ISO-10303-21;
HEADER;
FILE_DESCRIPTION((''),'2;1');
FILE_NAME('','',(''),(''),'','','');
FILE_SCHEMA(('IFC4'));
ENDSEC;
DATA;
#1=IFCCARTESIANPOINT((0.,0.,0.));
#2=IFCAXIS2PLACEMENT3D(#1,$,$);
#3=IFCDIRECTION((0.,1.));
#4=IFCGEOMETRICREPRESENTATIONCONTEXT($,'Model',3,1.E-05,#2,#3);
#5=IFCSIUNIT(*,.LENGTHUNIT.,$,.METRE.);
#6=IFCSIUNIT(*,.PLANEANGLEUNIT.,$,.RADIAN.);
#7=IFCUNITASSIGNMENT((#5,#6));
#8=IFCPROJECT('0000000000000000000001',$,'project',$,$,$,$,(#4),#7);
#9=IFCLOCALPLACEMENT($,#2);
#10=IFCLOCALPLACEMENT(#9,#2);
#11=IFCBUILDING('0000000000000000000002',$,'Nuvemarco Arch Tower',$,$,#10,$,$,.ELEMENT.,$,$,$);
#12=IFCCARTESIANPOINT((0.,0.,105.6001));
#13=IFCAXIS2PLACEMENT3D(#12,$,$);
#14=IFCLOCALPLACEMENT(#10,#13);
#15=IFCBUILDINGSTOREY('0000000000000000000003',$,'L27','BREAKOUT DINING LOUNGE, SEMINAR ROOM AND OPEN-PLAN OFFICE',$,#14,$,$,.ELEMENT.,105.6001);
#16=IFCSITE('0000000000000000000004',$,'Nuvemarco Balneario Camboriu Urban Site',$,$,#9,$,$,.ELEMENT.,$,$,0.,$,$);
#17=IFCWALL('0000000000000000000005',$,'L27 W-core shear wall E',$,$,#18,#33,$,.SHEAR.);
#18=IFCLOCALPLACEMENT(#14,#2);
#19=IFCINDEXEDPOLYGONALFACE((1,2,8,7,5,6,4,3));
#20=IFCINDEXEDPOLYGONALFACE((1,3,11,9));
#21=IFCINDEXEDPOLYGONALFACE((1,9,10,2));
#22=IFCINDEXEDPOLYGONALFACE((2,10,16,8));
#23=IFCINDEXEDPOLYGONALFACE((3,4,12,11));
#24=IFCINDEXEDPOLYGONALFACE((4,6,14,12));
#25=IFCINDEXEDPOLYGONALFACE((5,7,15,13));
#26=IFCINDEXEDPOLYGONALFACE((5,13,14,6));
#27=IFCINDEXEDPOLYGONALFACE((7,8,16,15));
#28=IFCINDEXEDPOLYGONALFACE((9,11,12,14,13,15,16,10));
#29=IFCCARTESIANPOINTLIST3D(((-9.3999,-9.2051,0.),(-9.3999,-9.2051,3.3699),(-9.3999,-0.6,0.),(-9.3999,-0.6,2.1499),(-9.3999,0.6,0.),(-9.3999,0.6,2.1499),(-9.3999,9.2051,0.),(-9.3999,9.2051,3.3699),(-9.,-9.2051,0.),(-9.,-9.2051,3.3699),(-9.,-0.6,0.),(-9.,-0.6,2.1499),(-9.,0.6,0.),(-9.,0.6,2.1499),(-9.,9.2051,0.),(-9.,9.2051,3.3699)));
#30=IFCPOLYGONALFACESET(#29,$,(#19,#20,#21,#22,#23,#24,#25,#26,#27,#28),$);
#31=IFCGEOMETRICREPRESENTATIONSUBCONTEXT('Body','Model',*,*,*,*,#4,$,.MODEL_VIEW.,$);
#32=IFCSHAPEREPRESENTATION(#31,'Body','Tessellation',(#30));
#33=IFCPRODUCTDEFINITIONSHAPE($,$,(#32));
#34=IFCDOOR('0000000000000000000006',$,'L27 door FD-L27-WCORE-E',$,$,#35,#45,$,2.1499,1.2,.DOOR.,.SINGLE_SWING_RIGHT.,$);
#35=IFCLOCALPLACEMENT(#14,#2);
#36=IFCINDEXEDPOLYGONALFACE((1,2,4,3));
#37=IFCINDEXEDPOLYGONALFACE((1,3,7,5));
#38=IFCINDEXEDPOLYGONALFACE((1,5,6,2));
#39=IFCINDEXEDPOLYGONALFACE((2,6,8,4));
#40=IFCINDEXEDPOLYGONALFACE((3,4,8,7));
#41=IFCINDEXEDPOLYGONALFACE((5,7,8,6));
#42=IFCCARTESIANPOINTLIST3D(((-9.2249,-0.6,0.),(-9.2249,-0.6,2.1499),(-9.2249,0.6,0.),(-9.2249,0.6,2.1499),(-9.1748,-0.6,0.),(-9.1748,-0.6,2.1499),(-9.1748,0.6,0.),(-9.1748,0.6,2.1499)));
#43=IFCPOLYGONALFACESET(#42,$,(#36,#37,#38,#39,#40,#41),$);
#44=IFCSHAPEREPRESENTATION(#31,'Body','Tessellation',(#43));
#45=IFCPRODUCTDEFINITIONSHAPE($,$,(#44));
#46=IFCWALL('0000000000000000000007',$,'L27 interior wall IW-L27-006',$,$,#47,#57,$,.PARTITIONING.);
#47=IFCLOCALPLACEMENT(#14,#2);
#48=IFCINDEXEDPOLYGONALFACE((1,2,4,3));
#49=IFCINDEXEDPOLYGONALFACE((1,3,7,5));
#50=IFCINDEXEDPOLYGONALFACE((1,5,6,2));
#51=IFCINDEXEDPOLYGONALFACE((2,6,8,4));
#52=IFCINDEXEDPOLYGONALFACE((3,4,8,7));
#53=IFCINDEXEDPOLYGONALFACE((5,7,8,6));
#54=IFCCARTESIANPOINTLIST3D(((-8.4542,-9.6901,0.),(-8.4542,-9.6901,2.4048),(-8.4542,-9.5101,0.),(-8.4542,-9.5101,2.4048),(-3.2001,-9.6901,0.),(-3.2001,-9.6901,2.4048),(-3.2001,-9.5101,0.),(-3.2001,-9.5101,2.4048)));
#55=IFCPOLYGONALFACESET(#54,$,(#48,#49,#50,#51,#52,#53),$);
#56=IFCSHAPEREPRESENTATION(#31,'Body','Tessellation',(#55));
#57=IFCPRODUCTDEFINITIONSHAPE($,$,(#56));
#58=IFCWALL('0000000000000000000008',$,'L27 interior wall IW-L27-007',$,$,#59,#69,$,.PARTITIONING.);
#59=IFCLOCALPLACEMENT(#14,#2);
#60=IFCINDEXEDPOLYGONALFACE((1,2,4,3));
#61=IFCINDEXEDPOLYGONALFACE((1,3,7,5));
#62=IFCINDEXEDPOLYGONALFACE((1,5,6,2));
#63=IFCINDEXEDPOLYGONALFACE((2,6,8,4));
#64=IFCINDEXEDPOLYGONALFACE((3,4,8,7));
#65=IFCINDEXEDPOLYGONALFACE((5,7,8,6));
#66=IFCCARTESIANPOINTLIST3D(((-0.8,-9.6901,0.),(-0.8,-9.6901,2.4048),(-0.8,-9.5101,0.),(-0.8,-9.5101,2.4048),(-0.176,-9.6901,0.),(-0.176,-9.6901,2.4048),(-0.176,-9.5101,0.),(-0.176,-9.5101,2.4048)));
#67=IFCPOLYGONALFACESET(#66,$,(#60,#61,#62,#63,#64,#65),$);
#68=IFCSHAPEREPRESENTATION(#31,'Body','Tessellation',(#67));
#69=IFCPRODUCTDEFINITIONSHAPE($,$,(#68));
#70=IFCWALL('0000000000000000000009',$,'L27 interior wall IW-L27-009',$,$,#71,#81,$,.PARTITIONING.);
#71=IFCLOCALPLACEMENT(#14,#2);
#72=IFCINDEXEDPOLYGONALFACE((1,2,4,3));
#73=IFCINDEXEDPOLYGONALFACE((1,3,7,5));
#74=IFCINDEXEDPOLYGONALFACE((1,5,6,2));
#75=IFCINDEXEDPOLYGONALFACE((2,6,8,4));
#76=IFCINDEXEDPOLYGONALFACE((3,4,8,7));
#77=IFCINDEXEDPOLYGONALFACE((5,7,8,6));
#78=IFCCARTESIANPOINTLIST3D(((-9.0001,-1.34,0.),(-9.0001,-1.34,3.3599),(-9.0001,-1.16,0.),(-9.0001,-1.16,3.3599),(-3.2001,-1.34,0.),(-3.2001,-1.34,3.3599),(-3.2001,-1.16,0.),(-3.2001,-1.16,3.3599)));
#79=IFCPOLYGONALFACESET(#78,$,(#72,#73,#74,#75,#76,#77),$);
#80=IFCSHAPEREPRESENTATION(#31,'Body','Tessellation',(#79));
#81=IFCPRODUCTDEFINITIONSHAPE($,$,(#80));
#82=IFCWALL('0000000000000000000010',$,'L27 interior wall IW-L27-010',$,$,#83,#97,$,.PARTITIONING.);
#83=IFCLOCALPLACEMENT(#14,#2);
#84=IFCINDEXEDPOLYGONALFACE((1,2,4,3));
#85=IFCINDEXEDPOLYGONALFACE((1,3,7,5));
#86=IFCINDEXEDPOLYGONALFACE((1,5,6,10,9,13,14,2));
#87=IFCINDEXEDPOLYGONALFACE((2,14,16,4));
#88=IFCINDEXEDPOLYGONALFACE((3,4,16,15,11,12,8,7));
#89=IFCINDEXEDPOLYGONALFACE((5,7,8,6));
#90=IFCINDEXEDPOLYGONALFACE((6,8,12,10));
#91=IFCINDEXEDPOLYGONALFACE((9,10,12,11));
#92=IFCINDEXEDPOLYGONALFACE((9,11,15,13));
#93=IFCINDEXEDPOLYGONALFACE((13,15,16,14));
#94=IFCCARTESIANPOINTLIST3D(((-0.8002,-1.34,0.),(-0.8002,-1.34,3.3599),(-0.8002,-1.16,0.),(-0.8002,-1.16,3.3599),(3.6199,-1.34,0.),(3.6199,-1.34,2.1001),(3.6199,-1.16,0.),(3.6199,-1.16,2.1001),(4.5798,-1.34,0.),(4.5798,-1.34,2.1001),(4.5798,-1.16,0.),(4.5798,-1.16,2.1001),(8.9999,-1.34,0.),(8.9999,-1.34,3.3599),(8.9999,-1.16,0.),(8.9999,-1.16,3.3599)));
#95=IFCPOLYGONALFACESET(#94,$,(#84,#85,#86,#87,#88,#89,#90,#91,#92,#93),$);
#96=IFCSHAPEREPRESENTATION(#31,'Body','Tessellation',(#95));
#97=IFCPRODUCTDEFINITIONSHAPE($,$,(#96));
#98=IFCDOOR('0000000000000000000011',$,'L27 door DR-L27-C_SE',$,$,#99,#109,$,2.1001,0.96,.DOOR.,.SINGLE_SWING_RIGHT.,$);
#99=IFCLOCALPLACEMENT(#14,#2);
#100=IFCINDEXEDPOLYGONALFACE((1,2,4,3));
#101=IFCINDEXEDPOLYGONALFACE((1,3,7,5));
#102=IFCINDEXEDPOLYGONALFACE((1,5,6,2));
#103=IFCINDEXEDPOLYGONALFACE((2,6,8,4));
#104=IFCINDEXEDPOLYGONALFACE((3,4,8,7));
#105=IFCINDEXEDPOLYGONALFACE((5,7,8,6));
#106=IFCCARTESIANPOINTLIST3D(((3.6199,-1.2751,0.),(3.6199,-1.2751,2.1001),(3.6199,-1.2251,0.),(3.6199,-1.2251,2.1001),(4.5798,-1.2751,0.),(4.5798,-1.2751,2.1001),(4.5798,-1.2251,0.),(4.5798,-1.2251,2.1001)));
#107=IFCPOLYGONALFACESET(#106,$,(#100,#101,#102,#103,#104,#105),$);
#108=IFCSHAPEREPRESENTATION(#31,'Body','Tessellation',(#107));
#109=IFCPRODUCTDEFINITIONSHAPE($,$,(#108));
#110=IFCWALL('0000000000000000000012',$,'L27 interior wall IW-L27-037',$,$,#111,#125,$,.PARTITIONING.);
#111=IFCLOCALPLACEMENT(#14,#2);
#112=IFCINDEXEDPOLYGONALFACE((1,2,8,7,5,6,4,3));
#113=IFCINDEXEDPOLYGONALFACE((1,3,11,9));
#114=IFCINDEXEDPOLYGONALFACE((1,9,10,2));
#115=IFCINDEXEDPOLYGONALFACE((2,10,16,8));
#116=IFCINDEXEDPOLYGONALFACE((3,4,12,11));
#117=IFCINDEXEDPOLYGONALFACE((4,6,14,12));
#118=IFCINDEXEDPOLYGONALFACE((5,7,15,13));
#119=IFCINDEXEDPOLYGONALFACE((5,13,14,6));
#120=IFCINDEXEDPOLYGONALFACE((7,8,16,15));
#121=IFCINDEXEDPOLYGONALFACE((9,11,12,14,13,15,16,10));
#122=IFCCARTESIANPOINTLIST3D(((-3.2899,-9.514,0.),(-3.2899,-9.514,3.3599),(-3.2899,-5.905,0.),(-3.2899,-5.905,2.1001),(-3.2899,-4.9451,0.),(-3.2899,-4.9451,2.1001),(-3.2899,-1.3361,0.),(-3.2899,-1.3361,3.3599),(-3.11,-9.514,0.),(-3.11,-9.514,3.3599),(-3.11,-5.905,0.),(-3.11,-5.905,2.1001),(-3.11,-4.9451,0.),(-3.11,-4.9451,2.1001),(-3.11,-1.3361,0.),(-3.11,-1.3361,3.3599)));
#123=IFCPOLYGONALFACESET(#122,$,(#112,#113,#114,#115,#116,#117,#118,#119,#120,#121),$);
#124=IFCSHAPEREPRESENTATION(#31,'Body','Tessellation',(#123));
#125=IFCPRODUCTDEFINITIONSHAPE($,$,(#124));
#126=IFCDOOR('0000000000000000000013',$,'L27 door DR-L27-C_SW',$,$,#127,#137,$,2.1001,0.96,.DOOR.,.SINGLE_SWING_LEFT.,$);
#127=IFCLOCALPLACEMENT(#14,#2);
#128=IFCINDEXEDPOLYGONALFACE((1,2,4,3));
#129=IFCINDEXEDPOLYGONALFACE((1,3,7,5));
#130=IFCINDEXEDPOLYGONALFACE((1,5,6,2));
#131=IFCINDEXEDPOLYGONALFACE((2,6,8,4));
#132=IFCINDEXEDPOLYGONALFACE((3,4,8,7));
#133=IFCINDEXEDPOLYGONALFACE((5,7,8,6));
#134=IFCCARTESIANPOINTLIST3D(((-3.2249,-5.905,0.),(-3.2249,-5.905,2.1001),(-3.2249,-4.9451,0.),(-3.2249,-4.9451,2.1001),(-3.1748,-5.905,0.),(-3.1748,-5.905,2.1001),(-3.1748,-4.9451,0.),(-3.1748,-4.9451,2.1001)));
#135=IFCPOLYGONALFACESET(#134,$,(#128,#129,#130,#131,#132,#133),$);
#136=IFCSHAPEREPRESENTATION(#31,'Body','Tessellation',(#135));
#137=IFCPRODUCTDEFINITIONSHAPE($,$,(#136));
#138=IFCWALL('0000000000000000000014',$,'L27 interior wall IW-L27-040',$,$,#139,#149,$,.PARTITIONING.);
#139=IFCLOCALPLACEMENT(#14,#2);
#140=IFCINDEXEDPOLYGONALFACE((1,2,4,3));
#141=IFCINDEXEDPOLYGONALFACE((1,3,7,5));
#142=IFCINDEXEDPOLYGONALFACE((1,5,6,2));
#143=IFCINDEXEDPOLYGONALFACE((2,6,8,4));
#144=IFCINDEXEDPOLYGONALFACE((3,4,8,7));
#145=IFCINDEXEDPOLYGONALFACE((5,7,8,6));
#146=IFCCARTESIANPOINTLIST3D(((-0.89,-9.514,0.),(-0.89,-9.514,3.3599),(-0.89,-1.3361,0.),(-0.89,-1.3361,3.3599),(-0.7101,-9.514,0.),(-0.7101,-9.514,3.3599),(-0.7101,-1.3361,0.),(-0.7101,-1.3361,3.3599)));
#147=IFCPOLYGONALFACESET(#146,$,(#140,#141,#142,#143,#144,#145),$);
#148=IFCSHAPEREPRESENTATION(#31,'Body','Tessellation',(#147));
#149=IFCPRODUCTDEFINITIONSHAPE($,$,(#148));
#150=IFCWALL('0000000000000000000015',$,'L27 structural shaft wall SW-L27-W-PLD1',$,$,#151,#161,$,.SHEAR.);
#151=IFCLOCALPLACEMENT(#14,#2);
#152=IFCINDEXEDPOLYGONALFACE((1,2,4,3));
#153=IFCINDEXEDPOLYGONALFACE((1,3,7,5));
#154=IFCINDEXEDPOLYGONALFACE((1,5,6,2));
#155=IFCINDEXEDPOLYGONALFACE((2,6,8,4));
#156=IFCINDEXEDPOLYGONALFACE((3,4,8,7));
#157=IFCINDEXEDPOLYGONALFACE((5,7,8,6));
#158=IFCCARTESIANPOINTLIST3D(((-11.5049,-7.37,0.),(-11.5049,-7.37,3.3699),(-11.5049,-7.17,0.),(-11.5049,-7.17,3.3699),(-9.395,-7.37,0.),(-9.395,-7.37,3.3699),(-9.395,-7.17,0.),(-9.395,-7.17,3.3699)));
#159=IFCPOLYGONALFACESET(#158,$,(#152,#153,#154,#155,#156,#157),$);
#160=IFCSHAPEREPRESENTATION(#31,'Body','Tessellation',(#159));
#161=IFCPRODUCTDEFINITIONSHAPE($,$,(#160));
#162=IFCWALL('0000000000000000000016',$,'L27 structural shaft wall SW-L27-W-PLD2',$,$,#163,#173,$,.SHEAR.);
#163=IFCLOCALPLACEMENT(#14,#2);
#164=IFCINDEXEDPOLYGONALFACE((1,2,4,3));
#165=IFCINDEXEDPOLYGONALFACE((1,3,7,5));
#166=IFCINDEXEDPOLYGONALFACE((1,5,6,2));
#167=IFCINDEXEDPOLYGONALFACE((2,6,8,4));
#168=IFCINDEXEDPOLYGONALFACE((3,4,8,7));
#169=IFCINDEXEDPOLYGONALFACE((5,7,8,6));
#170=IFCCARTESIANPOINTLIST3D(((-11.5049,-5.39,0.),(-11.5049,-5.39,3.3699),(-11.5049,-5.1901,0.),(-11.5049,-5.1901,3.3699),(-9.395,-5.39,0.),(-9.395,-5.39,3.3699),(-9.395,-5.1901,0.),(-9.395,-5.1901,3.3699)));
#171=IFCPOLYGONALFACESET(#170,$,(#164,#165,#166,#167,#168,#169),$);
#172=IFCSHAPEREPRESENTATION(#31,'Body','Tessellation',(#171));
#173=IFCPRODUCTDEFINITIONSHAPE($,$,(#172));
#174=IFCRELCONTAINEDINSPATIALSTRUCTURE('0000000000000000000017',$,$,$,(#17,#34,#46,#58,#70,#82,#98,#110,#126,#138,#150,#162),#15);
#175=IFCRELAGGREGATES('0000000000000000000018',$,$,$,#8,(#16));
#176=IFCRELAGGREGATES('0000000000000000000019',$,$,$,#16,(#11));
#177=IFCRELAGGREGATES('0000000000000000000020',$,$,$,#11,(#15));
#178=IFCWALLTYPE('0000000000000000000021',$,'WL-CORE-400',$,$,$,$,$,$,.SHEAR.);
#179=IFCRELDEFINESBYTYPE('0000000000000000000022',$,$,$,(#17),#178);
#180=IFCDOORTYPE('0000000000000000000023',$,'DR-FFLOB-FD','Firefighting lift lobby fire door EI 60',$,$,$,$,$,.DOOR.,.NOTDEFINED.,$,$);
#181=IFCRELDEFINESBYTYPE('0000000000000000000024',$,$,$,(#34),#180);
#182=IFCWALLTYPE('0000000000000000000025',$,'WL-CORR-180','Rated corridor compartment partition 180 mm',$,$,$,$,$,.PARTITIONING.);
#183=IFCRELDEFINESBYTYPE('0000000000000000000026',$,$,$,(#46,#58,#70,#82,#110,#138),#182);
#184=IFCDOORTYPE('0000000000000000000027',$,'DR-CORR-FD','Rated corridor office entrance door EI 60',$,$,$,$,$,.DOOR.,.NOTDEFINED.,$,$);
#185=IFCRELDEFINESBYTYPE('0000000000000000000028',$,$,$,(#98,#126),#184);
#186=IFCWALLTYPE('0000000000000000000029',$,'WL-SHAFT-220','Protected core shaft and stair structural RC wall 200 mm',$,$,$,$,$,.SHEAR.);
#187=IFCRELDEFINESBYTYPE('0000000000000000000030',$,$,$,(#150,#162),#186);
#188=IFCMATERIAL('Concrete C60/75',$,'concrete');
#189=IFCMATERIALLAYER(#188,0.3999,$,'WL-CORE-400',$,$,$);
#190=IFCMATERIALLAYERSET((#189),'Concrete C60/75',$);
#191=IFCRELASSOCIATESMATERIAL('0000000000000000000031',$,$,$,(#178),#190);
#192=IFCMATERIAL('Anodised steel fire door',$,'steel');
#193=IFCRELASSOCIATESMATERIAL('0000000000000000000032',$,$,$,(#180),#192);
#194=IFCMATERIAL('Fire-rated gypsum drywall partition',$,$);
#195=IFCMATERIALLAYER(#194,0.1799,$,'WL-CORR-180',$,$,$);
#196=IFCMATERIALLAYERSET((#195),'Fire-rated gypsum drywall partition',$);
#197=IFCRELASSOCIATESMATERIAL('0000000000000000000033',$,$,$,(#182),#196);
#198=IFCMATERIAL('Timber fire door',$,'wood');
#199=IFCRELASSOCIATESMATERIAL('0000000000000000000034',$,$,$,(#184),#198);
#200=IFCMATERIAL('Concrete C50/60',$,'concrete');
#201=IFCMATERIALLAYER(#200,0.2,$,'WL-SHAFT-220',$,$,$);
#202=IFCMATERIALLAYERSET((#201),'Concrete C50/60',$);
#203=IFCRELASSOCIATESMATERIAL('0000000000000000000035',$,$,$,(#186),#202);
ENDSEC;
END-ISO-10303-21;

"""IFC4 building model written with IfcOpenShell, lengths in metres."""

from ifc_helpers import new_model, si_unit, direction, frame, frame_2d, origin, place, context, subcontext, project, spatial, rectangle, extrude, source, transform, mapped, material, layer, layer_set, type_object, type_shapes, element, fill, save


model = new_model("IFC4")

# Units and contexts
model_context = context("Model", 3, precision=1e-05, world=origin(), true_north=direction((0.0, 1.0)))
body_context = subcontext(model_context, "Body", "Model", "MODEL_VIEW")
ifc_project = project(units=[si_unit("LENGTHUNIT", "METRE"), si_unit("PLANEANGLEUNIT", "RADIAN")], contexts=[model_context])

# Site, building, storey
site_placement = place(None, origin())
site = spatial("IfcSite", under=ifc_project, at=site_placement, Name="Nuvemarco Balneario Camboriu Urban Site", CompositionType="ELEMENT", RefElevation=0.0)
building_placement = place(site_placement, origin())
building = spatial("IfcBuilding", under=site, at=building_placement, Name="Nuvemarco Arch Tower", CompositionType="ELEMENT")
storey_placement = place(building_placement, frame((0.0, 0.0, 105.6001)))
storey = spatial("IfcBuildingStorey", under=building, at=storey_placement, Name="L27", Description="BREAKOUT DINING LOUNGE, SEMINAR ROOM AND OPEN-PLAN OFFICE", CompositionType="ELEMENT", Elevation=105.6001)

# Shared definitions
ifc_material_1 = material(Name="Concrete C60/75", Category="concrete")

# Wall, opening, door
ifc_layer_1 = layer(ifc_material_1, 0.3999, Name="WL-CORE-400")
ifc_layer_set_1 = layer_set([ifc_layer_1], Name="Concrete C60/75")
wall_type_1 = type_object("IfcWallType", Name="WL-CORE-400", PredefinedType="SHEAR", material=ifc_layer_set_1)
wall_1_placement = place(storey_placement, frame((-9.2, -9.2051, 0.0), z_axis=(0.0, 0.0, 1.0), x_axis=(0.0, 1.0, 0.0)))
wall_1 = element("IfcWall", 1, at=wall_1_placement, inside=storey, type_object=wall_type_1, Name="L27 W-core shear wall E", PredefinedType="SHEAR", context=body_context, shape_type="SweptSolid", body=[
    extrude(rectangle(XDim=18.4102, YDim=0.3999, at=frame_2d((9.2051, 0.0))), origin(), (0.0, 0.0, 1.0), 3.3699),
])
opening_1_placement = place(wall_1_placement, frame((8.605, 0.0, 0.0)))
opening_1 = element("IfcOpeningElement", 2, at=opening_1_placement, cuts=wall_1, PredefinedType="OPENING", context=body_context, shape_type="SweptSolid", body=[
    extrude(rectangle(XDim=1.2, YDim=2.1499, at=frame_2d((0.6001, 1.075))), frame((0.0, 0.21, 0.0), z_axis=(0.0, -1.0, 0.0), x_axis=(1.0, 0.0, 0.0)), (0.0, 0.0, 1.0), 0.4199),
])
ifc_material_2 = material(Name="Anodised steel fire door", Category="steel")
door_type_1 = type_object("IfcDoorType", Name="DR-FFLOB-FD", Description="Firefighting lift lobby fire door EI 60", OperationType="NOTDEFINED", PredefinedType="DOOR", material=ifc_material_2)
shared_shape_1 = source(origin(), body_context, "Body", "SweptSolid", [
    extrude(rectangle(XDim=1.2, YDim=2.1499, at=frame_2d((0.6001, 1.075))), frame((0.0, 0.0249, 0.0), z_axis=(0.0, -1.0, 0.0), x_axis=(1.0, 0.0, 0.0)), (0.0, 0.0, 1.0), 0.05),
])
type_shapes(door_type_1, [shared_shape_1])
door_1_placement = place(opening_1_placement, origin())
door_1 = element("IfcDoor", 3, at=door_1_placement, inside=storey, type_object=door_type_1, Name="L27 door FD-L27-WCORE-E", OperationType="SINGLE_SWING_RIGHT", OverallHeight=2.1499, OverallWidth=1.2, PredefinedType="DOOR", context=body_context, shape_type="MappedRepresentation", body=[
    mapped(shared_shape_1, transform((0.0, 0.0, 0.0), scale=1.0)),
])
fill(opening_1, door_1)

# Walls
ifc_material_3 = material(Name="Fire-rated gypsum drywall partition")
ifc_layer_2 = layer(ifc_material_3, 0.1799, Name="WL-CORR-180")
ifc_layer_set_2 = layer_set([ifc_layer_2], Name="Fire-rated gypsum drywall partition")
wall_type_2 = type_object("IfcWallType", Name="WL-CORR-180", Description="Rated corridor compartment partition 180 mm", PredefinedType="PARTITIONING", material=ifc_layer_set_2)
wall_2_placement = place(storey_placement, frame((-8.4541, -9.6001, 0.0), z_axis=(0.0, 0.0, 1.0), x_axis=(1.0, 0.0, 0.0)))
element("IfcWall", 4, at=wall_2_placement, inside=storey, type_object=wall_type_2, Name="L27 interior wall IW-L27-006", PredefinedType="PARTITIONING", context=body_context, shape_type="SweptSolid", body=[
    extrude(rectangle(XDim=5.2542, YDim=0.1799, at=frame_2d((2.627, 0.0))), origin(), (0.0, 0.0, 1.0), 2.4048),
])
wall_3_placement = place(storey_placement, frame((-0.8, -9.6001, 0.0), z_axis=(0.0, 0.0, 1.0), x_axis=(1.0, 0.0, 0.0)))
element("IfcWall", 5, at=wall_3_placement, inside=storey, type_object=wall_type_2, Name="L27 interior wall IW-L27-007", PredefinedType="PARTITIONING", context=body_context, shape_type="SweptSolid", body=[
    extrude(rectangle(XDim=0.624, YDim=0.1799, at=frame_2d((0.312, 0.0))), origin(), (0.0, 0.0, 1.0), 2.4048),
])
wall_4_placement = place(storey_placement, frame((-9.0, -1.25, 0.0), z_axis=(0.0, 0.0, 1.0), x_axis=(1.0, 0.0, 0.0)))
element("IfcWall", 6, at=wall_4_placement, inside=storey, type_object=wall_type_2, Name="L27 interior wall IW-L27-009", PredefinedType="PARTITIONING", context=body_context, shape_type="SweptSolid", body=[
    extrude(rectangle(XDim=5.8, YDim=0.1799, at=frame_2d((2.8999, 0.0))), origin(), (0.0, 0.0, 1.0), 3.3599),
])

# Walls, openings, doors
wall_5_placement = place(storey_placement, frame((-0.8, -1.25, 0.0), z_axis=(0.0, 0.0, 1.0), x_axis=(1.0, 0.0, 0.0)))
wall_5 = element("IfcWall", 7, at=wall_5_placement, inside=storey, type_object=wall_type_2, Name="L27 interior wall IW-L27-010", PredefinedType="PARTITIONING", context=body_context, shape_type="SweptSolid", body=[
    extrude(rectangle(XDim=9.8, YDim=0.1799, at=frame_2d((4.8999, 0.0))), origin(), (0.0, 0.0, 1.0), 3.3599),
])
opening_2_placement = place(wall_5_placement, frame((4.4199, 0.0, 0.0)))
opening_2 = element("IfcOpeningElement", 8, at=opening_2_placement, cuts=wall_5, PredefinedType="OPENING", context=body_context, shape_type="SweptSolid", body=[
    extrude(rectangle(XDim=0.96, YDim=2.1001, at=frame_2d((0.48, 1.05))), frame((0.0, 0.0999, 0.0), z_axis=(0.0, -1.0, 0.0), x_axis=(1.0, 0.0, 0.0)), (0.0, 0.0, 1.0), 0.2),
])
ifc_material_4 = material(Name="Timber fire door", Category="wood")
door_type_2 = type_object("IfcDoorType", Name="DR-CORR-FD", Description="Rated corridor office entrance door EI 60", OperationType="NOTDEFINED", PredefinedType="DOOR", material=ifc_material_4)
shared_shape_2 = source(origin(), body_context, "Body", "SweptSolid", [
    extrude(rectangle(XDim=0.96, YDim=2.1001, at=frame_2d((0.48, 1.05))), frame((0.0, 0.0249, 0.0), z_axis=(0.0, -1.0, 0.0), x_axis=(1.0, 0.0, 0.0)), (0.0, 0.0, 1.0), 0.05),
])
type_shapes(door_type_2, [shared_shape_2])
door_2_placement = place(opening_2_placement, origin())
door_2 = element("IfcDoor", 9, at=door_2_placement, inside=storey, type_object=door_type_2, Name="L27 door DR-L27-C_SE", OperationType="SINGLE_SWING_RIGHT", OverallHeight=2.1001, OverallWidth=0.96, PredefinedType="DOOR", context=body_context, shape_type="MappedRepresentation", body=[
    mapped(shared_shape_2, transform((0.0, 0.0, 0.0), scale=1.0)),
])
fill(opening_2, door_2)
wall_6_placement = place(storey_placement, frame((-3.2, -9.5139, 0.0), z_axis=(0.0, 0.0, 1.0), x_axis=(0.0, 1.0, 0.0)))
wall_6 = element("IfcWall", 10, at=wall_6_placement, inside=storey, type_object=wall_type_2, Name="L27 interior wall IW-L27-037", PredefinedType="PARTITIONING", context=body_context, shape_type="SweptSolid", body=[
    extrude(rectangle(XDim=8.178, YDim=0.1799, at=frame_2d((4.0889, 0.0))), origin(), (0.0, 0.0, 1.0), 3.3599),
])
opening_3_placement = place(wall_6_placement, frame((3.6089, 0.0, 0.0)))
opening_3 = element("IfcOpeningElement", 11, at=opening_3_placement, cuts=wall_6, PredefinedType="OPENING", context=body_context, shape_type="SweptSolid", body=[
    extrude(rectangle(XDim=0.96, YDim=2.1001, at=frame_2d((0.48, 1.05))), frame((0.0, 0.0999, 0.0), z_axis=(0.0, -1.0, 0.0), x_axis=(1.0, 0.0, 0.0)), (0.0, 0.0, 1.0), 0.2),
])
door_3_placement = place(opening_3_placement, origin())
door_3 = element("IfcDoor", 12, at=door_3_placement, inside=storey, type_object=door_type_2, Name="L27 door DR-L27-C_SW", OperationType="SINGLE_SWING_LEFT", OverallHeight=2.1001, OverallWidth=0.96, PredefinedType="DOOR", context=body_context, shape_type="MappedRepresentation", body=[
    mapped(shared_shape_2, transform((0.0, 0.0, 0.0), scale=1.0)),
])
fill(opening_3, door_3)

# Wall
wall_7_placement = place(storey_placement, frame((-0.8, -9.5139, 0.0), z_axis=(0.0, 0.0, 1.0), x_axis=(0.0, 1.0, 0.0)))
element("IfcWall", 13, at=wall_7_placement, inside=storey, type_object=wall_type_2, Name="L27 interior wall IW-L27-040", PredefinedType="PARTITIONING", context=body_context, shape_type="SweptSolid", body=[
    extrude(rectangle(XDim=8.178, YDim=0.1799, at=frame_2d((4.0889, 0.0))), origin(), (0.0, 0.0, 1.0), 3.3599),
])

# Shared definitions
ifc_material_5 = material(Name="Concrete C50/60", Category="concrete")
ifc_layer_3 = layer(ifc_material_5, 0.2, Name="WL-SHAFT-220")
ifc_layer_set_3 = layer_set([ifc_layer_3], Name="Concrete C50/60")
wall_type_3 = type_object("IfcWallType", Name="WL-SHAFT-220", Description="Protected core shaft and stair structural RC wall 200 mm", PredefinedType="SHEAR", material=ifc_layer_set_3)

# Walls
for number, where, z_axis, x_axis, name in (
    (14, (-11.5049, -7.27, 0.0), (0.0, 0.0, 1.0), (1.0, 0.0, 0.0), "L27 structural shaft wall SW-L27-W-PLD1"),
    (15, (-11.5049, -5.29, 0.0), (0.0, 0.0, 1.0), (1.0, 0.0, 0.0), "L27 structural shaft wall SW-L27-W-PLD2"),
):
    element("IfcWall", number, at=place(storey_placement, frame(where, z_axis=z_axis, x_axis=x_axis)), inside=storey, type_object=wall_type_3, Name=name, PredefinedType="SHEAR", context=body_context, shape_type="SweptSolid", body=[
        extrude(rectangle(XDim=2.1099, YDim=0.2, at=frame_2d((1.0549, 0.0))), origin(), (0.0, 0.0, 1.0), 3.3699),
    ])

save(model, "model.ifc")
